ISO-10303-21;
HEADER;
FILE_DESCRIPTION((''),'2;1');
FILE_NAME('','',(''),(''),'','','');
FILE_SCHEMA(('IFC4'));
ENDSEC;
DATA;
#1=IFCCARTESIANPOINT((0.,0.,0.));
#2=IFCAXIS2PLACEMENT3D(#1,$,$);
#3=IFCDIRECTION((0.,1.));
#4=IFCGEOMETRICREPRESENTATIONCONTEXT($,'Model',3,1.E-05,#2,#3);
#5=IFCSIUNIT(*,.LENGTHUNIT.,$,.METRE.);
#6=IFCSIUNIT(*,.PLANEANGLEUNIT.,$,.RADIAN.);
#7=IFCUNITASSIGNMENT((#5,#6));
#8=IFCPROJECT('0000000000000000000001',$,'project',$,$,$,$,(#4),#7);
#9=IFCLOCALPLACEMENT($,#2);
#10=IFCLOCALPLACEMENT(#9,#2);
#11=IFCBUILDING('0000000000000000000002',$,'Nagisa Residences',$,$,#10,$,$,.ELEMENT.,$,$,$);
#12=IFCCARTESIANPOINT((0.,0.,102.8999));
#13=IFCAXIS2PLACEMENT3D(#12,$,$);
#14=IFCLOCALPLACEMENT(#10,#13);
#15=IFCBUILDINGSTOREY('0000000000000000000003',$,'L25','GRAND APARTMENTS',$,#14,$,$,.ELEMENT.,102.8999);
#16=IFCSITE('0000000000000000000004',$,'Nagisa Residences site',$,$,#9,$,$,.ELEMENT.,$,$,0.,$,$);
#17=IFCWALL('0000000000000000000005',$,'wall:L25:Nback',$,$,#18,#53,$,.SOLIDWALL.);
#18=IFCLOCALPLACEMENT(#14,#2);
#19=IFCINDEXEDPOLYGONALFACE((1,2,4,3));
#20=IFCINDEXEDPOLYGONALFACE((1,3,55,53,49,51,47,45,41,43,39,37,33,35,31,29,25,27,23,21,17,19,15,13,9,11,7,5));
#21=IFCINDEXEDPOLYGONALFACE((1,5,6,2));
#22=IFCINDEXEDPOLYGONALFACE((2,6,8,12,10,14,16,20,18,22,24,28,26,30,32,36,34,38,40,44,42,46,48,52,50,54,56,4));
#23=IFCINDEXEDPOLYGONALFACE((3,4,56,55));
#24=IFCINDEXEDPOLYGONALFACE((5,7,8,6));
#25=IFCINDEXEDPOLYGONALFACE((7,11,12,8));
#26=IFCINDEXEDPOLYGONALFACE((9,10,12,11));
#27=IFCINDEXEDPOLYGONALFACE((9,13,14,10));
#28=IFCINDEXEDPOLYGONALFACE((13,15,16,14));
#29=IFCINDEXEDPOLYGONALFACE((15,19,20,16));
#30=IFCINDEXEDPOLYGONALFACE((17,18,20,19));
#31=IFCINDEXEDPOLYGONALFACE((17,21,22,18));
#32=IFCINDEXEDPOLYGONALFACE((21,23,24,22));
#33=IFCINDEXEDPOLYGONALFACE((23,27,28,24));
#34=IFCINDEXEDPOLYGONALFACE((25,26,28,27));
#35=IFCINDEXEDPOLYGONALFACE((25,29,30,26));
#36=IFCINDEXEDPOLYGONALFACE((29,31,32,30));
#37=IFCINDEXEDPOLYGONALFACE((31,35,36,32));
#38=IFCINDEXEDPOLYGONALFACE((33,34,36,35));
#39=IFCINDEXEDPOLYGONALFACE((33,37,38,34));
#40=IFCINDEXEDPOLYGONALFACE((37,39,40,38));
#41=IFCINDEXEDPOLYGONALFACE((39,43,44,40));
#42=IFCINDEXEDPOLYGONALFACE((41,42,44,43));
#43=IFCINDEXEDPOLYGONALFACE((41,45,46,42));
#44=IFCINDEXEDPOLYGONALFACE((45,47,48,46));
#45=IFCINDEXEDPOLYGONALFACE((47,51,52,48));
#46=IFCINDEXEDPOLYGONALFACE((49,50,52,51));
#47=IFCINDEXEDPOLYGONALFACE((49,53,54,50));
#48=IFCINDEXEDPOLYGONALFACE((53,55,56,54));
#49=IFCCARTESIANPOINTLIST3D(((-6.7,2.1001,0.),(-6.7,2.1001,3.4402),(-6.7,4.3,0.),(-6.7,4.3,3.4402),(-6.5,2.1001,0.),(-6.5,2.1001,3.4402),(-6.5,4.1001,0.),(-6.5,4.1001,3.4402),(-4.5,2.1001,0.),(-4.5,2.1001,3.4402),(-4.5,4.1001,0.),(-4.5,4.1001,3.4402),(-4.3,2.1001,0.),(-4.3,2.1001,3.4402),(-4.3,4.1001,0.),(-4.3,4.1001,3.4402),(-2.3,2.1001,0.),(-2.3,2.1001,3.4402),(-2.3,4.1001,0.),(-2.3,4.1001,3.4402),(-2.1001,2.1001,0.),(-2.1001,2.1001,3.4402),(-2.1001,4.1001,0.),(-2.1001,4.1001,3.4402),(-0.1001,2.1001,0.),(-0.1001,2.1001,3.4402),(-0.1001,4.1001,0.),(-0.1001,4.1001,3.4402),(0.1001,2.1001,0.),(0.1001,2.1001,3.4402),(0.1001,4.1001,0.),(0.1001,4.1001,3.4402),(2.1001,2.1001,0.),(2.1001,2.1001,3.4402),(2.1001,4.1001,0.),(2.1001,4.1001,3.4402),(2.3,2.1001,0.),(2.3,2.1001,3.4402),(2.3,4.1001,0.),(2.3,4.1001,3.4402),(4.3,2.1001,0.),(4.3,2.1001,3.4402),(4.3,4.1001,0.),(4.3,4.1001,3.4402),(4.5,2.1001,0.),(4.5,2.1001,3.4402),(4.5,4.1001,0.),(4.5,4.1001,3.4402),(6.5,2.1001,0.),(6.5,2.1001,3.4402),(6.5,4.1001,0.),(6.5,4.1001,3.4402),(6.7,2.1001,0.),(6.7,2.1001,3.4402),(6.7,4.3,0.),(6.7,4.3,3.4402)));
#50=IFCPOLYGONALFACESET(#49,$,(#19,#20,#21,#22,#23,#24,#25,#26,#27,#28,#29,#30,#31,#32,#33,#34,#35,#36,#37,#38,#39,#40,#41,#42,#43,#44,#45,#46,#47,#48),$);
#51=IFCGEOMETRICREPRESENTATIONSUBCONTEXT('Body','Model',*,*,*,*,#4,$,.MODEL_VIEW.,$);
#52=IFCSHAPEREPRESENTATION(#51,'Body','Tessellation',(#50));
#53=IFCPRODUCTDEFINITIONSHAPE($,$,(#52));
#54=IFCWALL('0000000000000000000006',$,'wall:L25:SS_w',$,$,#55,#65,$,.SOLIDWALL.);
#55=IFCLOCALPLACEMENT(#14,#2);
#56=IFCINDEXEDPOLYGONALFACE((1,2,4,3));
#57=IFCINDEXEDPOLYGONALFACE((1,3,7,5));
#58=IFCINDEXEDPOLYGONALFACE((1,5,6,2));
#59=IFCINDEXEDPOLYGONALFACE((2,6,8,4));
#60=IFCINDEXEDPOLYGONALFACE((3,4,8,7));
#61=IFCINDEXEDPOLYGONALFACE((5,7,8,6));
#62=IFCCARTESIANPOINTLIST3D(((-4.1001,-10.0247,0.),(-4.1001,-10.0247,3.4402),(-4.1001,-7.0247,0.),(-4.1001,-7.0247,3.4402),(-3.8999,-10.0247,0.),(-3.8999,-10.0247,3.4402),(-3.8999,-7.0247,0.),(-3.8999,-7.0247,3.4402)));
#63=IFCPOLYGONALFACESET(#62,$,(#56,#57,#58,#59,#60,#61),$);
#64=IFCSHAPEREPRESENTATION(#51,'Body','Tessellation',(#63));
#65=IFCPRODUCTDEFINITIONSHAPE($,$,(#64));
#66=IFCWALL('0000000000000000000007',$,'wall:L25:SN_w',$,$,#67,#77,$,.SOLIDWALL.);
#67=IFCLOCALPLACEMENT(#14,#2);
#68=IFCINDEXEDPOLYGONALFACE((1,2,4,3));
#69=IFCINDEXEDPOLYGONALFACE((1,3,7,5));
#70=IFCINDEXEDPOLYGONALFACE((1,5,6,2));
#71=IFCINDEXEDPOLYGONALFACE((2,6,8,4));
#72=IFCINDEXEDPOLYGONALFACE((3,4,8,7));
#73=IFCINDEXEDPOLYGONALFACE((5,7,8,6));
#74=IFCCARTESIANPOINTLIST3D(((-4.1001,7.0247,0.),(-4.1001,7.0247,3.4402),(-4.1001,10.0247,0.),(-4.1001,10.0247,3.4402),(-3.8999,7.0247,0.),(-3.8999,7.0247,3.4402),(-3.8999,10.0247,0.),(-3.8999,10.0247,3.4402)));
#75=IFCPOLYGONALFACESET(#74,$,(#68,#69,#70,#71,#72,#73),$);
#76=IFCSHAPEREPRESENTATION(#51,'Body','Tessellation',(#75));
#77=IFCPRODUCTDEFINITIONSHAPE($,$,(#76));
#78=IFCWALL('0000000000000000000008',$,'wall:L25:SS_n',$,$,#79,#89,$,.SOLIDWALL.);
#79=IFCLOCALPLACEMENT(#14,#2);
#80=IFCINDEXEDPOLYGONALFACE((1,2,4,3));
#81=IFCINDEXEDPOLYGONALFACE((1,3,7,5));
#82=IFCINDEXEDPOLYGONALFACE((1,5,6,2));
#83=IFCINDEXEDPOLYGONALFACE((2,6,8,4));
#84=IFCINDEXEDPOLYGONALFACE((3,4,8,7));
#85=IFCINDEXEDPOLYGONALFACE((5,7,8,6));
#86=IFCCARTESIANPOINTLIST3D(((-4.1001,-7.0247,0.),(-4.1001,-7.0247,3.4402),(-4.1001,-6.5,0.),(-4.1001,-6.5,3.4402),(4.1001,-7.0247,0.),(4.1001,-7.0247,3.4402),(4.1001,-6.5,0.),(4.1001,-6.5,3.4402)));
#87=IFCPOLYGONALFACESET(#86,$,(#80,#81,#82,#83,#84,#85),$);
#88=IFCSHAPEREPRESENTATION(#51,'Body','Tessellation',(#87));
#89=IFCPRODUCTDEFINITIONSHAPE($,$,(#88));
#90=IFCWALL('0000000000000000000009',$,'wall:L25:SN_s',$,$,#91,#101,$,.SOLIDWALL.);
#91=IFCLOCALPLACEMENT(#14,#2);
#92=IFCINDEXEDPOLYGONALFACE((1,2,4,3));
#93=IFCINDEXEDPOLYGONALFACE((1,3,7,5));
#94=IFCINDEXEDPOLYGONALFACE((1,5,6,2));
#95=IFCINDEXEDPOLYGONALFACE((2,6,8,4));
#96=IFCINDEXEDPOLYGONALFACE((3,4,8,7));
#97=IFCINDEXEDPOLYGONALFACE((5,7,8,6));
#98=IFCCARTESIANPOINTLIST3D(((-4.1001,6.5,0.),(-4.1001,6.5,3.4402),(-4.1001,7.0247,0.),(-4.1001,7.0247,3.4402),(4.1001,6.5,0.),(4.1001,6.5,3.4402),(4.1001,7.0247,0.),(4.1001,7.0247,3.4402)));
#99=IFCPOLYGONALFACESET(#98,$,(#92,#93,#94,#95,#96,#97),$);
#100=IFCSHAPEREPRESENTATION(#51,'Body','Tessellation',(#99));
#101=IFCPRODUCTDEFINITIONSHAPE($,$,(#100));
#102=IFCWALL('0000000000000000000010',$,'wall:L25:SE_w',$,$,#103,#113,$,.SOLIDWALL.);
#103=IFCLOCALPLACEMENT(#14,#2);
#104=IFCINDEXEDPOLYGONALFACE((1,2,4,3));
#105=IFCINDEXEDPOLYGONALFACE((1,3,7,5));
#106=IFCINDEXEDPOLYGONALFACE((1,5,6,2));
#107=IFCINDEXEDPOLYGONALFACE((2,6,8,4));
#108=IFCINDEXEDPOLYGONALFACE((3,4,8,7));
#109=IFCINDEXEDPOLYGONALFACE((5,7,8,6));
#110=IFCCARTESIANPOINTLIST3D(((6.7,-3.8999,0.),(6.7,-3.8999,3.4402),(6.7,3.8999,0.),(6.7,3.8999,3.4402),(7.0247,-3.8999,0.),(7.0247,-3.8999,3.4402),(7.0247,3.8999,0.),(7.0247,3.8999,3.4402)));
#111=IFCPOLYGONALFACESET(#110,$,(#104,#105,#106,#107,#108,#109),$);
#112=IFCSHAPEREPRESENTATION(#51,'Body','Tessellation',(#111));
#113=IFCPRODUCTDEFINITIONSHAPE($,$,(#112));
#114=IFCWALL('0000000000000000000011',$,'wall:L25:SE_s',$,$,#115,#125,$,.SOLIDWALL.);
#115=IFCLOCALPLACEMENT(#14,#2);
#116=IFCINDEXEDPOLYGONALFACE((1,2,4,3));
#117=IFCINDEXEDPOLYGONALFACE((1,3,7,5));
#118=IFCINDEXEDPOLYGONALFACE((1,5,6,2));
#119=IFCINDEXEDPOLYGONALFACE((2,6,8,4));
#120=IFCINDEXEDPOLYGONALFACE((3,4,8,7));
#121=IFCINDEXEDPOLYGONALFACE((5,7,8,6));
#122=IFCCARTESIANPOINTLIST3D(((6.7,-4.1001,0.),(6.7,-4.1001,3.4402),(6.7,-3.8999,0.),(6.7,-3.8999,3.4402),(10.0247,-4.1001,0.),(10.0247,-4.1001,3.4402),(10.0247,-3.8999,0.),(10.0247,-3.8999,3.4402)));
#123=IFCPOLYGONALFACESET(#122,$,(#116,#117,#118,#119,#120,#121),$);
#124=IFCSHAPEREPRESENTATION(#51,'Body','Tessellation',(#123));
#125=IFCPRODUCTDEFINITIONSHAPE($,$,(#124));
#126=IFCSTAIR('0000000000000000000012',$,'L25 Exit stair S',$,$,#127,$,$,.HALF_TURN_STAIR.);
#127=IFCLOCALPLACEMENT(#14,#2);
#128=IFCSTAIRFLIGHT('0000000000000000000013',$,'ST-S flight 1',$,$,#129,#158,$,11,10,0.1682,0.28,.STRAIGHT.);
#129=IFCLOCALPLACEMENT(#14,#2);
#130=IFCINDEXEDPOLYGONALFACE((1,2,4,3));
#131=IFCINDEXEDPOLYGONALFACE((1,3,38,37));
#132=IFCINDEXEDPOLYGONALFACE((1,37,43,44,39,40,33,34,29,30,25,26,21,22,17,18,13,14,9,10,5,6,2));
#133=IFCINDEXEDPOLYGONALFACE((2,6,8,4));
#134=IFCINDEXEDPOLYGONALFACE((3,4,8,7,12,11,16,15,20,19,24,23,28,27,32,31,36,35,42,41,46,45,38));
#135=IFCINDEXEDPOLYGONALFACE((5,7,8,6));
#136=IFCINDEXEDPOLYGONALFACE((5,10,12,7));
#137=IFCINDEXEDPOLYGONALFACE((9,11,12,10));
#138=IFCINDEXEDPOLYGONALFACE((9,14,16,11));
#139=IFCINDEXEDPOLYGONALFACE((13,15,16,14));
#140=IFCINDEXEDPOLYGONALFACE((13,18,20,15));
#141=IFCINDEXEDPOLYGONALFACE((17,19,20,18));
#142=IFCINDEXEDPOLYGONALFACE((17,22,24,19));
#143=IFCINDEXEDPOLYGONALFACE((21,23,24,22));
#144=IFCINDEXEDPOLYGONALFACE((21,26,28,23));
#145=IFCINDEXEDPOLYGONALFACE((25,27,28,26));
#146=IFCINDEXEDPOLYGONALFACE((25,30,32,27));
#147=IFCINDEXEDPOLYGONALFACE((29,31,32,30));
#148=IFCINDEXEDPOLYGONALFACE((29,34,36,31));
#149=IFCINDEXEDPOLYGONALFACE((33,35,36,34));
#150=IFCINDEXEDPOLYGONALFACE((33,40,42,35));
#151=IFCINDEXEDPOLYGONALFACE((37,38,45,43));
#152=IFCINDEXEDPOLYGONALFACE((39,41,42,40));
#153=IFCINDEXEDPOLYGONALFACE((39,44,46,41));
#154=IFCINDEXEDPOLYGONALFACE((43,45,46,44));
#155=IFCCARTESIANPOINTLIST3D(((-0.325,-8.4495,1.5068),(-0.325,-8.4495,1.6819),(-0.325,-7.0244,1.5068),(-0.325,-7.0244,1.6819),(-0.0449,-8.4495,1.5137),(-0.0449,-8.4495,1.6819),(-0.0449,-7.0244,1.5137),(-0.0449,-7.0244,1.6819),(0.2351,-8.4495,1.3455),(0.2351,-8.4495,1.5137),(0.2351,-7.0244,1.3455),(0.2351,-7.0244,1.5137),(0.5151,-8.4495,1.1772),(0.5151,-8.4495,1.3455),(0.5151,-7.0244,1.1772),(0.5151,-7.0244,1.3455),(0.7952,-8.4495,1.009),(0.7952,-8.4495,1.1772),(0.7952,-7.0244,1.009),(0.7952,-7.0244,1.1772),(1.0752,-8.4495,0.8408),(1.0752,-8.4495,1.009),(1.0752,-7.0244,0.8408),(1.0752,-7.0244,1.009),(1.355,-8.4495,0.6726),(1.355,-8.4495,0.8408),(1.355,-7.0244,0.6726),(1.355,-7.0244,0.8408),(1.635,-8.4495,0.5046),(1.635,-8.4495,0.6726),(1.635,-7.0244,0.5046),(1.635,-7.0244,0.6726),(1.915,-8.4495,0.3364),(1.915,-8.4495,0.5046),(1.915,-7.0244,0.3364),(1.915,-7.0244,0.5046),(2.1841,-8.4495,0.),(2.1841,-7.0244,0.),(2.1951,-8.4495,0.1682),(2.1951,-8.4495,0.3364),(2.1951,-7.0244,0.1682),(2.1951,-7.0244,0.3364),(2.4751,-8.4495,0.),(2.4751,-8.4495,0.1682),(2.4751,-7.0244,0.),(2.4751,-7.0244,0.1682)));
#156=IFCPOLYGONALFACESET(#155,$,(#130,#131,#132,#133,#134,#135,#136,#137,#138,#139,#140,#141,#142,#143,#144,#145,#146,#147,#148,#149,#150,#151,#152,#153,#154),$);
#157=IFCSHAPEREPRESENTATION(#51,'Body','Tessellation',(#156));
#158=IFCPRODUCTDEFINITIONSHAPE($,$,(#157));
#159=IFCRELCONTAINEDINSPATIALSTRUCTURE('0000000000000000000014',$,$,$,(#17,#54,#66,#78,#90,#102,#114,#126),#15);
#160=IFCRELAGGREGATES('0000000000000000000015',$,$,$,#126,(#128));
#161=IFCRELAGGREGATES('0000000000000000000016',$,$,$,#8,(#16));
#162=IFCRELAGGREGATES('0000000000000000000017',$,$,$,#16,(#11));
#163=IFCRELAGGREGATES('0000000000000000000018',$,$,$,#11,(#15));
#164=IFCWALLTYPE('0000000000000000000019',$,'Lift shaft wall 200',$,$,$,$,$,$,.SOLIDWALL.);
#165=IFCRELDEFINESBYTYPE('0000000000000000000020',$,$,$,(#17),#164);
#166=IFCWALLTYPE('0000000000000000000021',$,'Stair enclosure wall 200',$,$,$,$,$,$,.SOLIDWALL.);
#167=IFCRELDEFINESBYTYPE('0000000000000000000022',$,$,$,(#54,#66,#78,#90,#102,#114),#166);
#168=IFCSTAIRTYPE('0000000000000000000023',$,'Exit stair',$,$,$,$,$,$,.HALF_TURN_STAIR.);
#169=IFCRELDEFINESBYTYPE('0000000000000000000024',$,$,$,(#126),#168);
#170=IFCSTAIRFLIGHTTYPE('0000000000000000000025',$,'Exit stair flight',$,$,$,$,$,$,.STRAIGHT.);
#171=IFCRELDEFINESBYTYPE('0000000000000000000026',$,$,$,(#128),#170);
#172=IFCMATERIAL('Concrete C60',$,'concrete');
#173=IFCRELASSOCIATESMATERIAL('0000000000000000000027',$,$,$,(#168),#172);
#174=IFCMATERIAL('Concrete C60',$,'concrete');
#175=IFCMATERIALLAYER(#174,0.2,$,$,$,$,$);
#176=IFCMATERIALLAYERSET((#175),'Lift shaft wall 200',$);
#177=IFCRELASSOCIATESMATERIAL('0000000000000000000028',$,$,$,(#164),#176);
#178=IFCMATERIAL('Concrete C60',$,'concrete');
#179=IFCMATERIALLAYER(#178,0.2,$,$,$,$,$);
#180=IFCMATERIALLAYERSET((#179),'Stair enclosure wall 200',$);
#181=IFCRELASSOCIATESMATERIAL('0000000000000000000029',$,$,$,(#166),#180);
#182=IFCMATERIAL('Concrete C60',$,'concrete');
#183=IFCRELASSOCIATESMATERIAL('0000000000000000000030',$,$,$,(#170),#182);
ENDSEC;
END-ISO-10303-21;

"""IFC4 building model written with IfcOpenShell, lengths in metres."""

from ifc_helpers import new_model, si_unit, direction, frame, origin, place, context, subcontext, project, spatial, polyline, outline, extrude, material, layer, layer_set, type_object, element, aggregate, save


model = new_model("IFC4")

# Units and contexts
model_context = context("Model", 3, precision=1e-05, world=origin(), true_north=direction((0.0, 1.0)))
body_context = subcontext(model_context, "Body", "Model", "MODEL_VIEW")
ifc_project = project(units=[si_unit("LENGTHUNIT", "METRE"), si_unit("PLANEANGLEUNIT", "RADIAN")], contexts=[model_context])

# Site, building, storey
site_placement = place(None, origin())
site = spatial("IfcSite", under=ifc_project, at=site_placement, Name="Nagisa Residences site", CompositionType="ELEMENT", RefElevation=0.0)
building_placement = place(site_placement, origin())
building = spatial("IfcBuilding", under=site, at=building_placement, Name="Nagisa Residences", CompositionType="ELEMENT")
storey_placement = place(building_placement, frame((0.0, 0.0, 102.8999)))
storey = spatial("IfcBuildingStorey", under=building, at=storey_placement, Name="L25", Description="GRAND APARTMENTS", CompositionType="ELEMENT", Elevation=102.8999)

# Shared definitions
ifc_material_1 = material(Name="Concrete C60", Category="concrete")
stair_type = type_object("IfcStairType", Name="Exit stair", PredefinedType="HALF_TURN_STAIR", material=ifc_material_1)

# Walls
ifc_material_2 = material(Name="Concrete C60", Category="concrete")
ifc_layer_1 = layer(ifc_material_2, 0.2)
ifc_layer_set_1 = layer_set([ifc_layer_1], Name="Lift shaft wall 200")
wall_type_1 = type_object("IfcWallType", Name="Lift shaft wall 200", PredefinedType="SOLIDWALL", material=ifc_layer_set_1)
wall_1_placement = place(storey_placement, origin())
element("IfcWall", 1, at=wall_1_placement, inside=storey, type_object=wall_type_1, Name="wall:L25:Nback", PredefinedType="SOLIDWALL", context=body_context, shape_type="SweptSolid", body=[
    extrude(outline(polyline([(-6.5, 2.1001), (-6.7, 2.1001), (-6.7, 4.3), (6.7, 4.3), (6.7, 2.1001), (6.5, 2.1001), (6.5, 4.1001), (4.5, 4.1001), (4.5, 2.1001), (4.3, 2.1001), (4.3, 4.1001), (2.3, 4.1001), (2.3, 2.1001), (2.1001, 2.1001), (2.1001, 4.1001), (0.1001, 4.1001), (0.1001, 2.1001), (-0.1001, 2.1001), (-0.1001, 4.1001), (-2.1001, 4.1001), (-2.1001, 2.1001), (-2.3, 2.1001), (-2.3, 4.1001), (-4.3, 4.1001), (-4.3, 2.1001), (-4.5, 2.1001), (-4.5, 4.1001), (-6.5, 4.1001), (-6.5, 2.1001)])), origin(), (0.0, 0.0, 1.0), 3.4402),
])
ifc_material_3 = material(Name="Concrete C60", Category="concrete")
ifc_layer_2 = layer(ifc_material_3, 0.2)
ifc_layer_set_2 = layer_set([ifc_layer_2], Name="Stair enclosure wall 200")
wall_type_2 = type_object("IfcWallType", Name="Stair enclosure wall 200", PredefinedType="SOLIDWALL", material=ifc_layer_set_2)
wall_2_placement = place(storey_placement, origin())
element("IfcWall", 2, at=wall_2_placement, inside=storey, type_object=wall_type_2, Name="wall:L25:SS_w", PredefinedType="SOLIDWALL", context=body_context, shape_type="SweptSolid", body=[
    extrude(outline(polyline([(-3.8999, -10.0247), (-4.1001, -10.0247), (-4.1001, -7.0247), (-3.8999, -7.0247), (-3.8999, -10.0247)])), origin(), (0.0, 0.0, 1.0), 3.4402),
])
wall_3_placement = place(storey_placement, origin())
element("IfcWall", 3, at=wall_3_placement, inside=storey, type_object=wall_type_2, Name="wall:L25:SN_w", PredefinedType="SOLIDWALL", context=body_context, shape_type="SweptSolid", body=[
    extrude(outline(polyline([(-3.8999, 7.0247), (-4.1001, 7.0247), (-4.1001, 10.0247), (-3.8999, 10.0247), (-3.8999, 7.0247)])), origin(), (0.0, 0.0, 1.0), 3.4402),
])
wall_4_placement = place(storey_placement, origin())
element("IfcWall", 4, at=wall_4_placement, inside=storey, type_object=wall_type_2, Name="wall:L25:SS_n", PredefinedType="SOLIDWALL", context=body_context, shape_type="SweptSolid", body=[
    extrude(outline(polyline([(4.1001, -7.0247), (-4.1001, -7.0247), (-4.1001, -6.5), (4.1001, -6.5), (4.1001, -7.0247)])), origin(), (0.0, 0.0, 1.0), 3.4402),
])
wall_5_placement = place(storey_placement, origin())
element("IfcWall", 5, at=wall_5_placement, inside=storey, type_object=wall_type_2, Name="wall:L25:SN_s", PredefinedType="SOLIDWALL", context=body_context, shape_type="SweptSolid", body=[
    extrude(outline(polyline([(4.1001, 6.5), (-4.1001, 6.5), (-4.1001, 7.0247), (4.1001, 7.0247), (4.1001, 6.5)])), origin(), (0.0, 0.0, 1.0), 3.4402),
])
wall_6_placement = place(storey_placement, origin())
element("IfcWall", 6, at=wall_6_placement, inside=storey, type_object=wall_type_2, Name="wall:L25:SE_w", PredefinedType="SOLIDWALL", context=body_context, shape_type="SweptSolid", body=[
    extrude(outline(polyline([(7.0247, -3.8999), (6.7, -3.8999), (6.7, 3.8999), (7.0247, 3.8999), (7.0247, -3.8999)])), origin(), (0.0, 0.0, 1.0), 3.4402),
])
wall_7_placement = place(storey_placement, origin())
element("IfcWall", 7, at=wall_7_placement, inside=storey, type_object=wall_type_2, Name="wall:L25:SE_s", PredefinedType="SOLIDWALL", context=body_context, shape_type="SweptSolid", body=[
    extrude(outline(polyline([(10.0247, -4.1001), (6.7, -4.1001), (6.7, -3.8999), (10.0247, -3.8999), (10.0247, -4.1001)])), origin(), (0.0, 0.0, 1.0), 3.4402),
])

# Stair, stair flight
stair_1_placement = place(storey_placement, origin())
stair_1 = element("IfcStair", 8, at=stair_1_placement, inside=storey, type_object=stair_type, Name="L25 Exit stair S", PredefinedType="HALF_TURN_STAIR")
ifc_material_4 = material(Name="Concrete C60", Category="concrete")
stair_flight_type = type_object("IfcStairFlightType", Name="Exit stair flight", PredefinedType="STRAIGHT", material=ifc_material_4)
stair_flight_placement = place(storey_placement, frame((2.4751, -7.7371, 0.0), z_axis=(0.0, 0.0, 1.0), x_axis=(-1.0, 0.0, 0.0)))
stair_flight = element("IfcStairFlight", 9, at=stair_flight_placement, type_object=stair_flight_type, Name="ST-S flight 1", NumberOfRisers=11, NumberOfTreads=10, PredefinedType="STRAIGHT", RiserHeight=0.1682, TreadLength=0.28, context=body_context, shape_type="SweptSolid", body=[
    extrude(outline(polyline([(0.0, 0.0), (0.0, 0.1682), (0.28, 0.1682), (0.28, 0.3364), (0.5601, 0.3364), (0.5601, 0.5046), (0.8401, 0.5046), (0.8401, 0.6726), (1.1201, 0.6726), (1.1201, 0.8408), (1.3999, 0.8408), (1.3999, 1.009), (1.6799, 1.009), (1.6799, 1.1772), (1.96, 1.1772), (1.96, 1.3455), (2.24, 1.3455), (2.24, 1.5137), (2.52, 1.5137), (2.52, 1.6819), (2.8, 1.6819), (2.8, 1.8501), (2.8, 1.5068), (0.291, 0.0), (0.0, 0.0)])), frame((0.0, 0.7124, 0.0), z_axis=(0.0, -1.0, 0.0), x_axis=(1.0, 0.0, 0.0)), (0.0, 0.0, 1.0), 1.425),
])
aggregate(stair_1, [stair_flight])

save(model, "model.ifc")
